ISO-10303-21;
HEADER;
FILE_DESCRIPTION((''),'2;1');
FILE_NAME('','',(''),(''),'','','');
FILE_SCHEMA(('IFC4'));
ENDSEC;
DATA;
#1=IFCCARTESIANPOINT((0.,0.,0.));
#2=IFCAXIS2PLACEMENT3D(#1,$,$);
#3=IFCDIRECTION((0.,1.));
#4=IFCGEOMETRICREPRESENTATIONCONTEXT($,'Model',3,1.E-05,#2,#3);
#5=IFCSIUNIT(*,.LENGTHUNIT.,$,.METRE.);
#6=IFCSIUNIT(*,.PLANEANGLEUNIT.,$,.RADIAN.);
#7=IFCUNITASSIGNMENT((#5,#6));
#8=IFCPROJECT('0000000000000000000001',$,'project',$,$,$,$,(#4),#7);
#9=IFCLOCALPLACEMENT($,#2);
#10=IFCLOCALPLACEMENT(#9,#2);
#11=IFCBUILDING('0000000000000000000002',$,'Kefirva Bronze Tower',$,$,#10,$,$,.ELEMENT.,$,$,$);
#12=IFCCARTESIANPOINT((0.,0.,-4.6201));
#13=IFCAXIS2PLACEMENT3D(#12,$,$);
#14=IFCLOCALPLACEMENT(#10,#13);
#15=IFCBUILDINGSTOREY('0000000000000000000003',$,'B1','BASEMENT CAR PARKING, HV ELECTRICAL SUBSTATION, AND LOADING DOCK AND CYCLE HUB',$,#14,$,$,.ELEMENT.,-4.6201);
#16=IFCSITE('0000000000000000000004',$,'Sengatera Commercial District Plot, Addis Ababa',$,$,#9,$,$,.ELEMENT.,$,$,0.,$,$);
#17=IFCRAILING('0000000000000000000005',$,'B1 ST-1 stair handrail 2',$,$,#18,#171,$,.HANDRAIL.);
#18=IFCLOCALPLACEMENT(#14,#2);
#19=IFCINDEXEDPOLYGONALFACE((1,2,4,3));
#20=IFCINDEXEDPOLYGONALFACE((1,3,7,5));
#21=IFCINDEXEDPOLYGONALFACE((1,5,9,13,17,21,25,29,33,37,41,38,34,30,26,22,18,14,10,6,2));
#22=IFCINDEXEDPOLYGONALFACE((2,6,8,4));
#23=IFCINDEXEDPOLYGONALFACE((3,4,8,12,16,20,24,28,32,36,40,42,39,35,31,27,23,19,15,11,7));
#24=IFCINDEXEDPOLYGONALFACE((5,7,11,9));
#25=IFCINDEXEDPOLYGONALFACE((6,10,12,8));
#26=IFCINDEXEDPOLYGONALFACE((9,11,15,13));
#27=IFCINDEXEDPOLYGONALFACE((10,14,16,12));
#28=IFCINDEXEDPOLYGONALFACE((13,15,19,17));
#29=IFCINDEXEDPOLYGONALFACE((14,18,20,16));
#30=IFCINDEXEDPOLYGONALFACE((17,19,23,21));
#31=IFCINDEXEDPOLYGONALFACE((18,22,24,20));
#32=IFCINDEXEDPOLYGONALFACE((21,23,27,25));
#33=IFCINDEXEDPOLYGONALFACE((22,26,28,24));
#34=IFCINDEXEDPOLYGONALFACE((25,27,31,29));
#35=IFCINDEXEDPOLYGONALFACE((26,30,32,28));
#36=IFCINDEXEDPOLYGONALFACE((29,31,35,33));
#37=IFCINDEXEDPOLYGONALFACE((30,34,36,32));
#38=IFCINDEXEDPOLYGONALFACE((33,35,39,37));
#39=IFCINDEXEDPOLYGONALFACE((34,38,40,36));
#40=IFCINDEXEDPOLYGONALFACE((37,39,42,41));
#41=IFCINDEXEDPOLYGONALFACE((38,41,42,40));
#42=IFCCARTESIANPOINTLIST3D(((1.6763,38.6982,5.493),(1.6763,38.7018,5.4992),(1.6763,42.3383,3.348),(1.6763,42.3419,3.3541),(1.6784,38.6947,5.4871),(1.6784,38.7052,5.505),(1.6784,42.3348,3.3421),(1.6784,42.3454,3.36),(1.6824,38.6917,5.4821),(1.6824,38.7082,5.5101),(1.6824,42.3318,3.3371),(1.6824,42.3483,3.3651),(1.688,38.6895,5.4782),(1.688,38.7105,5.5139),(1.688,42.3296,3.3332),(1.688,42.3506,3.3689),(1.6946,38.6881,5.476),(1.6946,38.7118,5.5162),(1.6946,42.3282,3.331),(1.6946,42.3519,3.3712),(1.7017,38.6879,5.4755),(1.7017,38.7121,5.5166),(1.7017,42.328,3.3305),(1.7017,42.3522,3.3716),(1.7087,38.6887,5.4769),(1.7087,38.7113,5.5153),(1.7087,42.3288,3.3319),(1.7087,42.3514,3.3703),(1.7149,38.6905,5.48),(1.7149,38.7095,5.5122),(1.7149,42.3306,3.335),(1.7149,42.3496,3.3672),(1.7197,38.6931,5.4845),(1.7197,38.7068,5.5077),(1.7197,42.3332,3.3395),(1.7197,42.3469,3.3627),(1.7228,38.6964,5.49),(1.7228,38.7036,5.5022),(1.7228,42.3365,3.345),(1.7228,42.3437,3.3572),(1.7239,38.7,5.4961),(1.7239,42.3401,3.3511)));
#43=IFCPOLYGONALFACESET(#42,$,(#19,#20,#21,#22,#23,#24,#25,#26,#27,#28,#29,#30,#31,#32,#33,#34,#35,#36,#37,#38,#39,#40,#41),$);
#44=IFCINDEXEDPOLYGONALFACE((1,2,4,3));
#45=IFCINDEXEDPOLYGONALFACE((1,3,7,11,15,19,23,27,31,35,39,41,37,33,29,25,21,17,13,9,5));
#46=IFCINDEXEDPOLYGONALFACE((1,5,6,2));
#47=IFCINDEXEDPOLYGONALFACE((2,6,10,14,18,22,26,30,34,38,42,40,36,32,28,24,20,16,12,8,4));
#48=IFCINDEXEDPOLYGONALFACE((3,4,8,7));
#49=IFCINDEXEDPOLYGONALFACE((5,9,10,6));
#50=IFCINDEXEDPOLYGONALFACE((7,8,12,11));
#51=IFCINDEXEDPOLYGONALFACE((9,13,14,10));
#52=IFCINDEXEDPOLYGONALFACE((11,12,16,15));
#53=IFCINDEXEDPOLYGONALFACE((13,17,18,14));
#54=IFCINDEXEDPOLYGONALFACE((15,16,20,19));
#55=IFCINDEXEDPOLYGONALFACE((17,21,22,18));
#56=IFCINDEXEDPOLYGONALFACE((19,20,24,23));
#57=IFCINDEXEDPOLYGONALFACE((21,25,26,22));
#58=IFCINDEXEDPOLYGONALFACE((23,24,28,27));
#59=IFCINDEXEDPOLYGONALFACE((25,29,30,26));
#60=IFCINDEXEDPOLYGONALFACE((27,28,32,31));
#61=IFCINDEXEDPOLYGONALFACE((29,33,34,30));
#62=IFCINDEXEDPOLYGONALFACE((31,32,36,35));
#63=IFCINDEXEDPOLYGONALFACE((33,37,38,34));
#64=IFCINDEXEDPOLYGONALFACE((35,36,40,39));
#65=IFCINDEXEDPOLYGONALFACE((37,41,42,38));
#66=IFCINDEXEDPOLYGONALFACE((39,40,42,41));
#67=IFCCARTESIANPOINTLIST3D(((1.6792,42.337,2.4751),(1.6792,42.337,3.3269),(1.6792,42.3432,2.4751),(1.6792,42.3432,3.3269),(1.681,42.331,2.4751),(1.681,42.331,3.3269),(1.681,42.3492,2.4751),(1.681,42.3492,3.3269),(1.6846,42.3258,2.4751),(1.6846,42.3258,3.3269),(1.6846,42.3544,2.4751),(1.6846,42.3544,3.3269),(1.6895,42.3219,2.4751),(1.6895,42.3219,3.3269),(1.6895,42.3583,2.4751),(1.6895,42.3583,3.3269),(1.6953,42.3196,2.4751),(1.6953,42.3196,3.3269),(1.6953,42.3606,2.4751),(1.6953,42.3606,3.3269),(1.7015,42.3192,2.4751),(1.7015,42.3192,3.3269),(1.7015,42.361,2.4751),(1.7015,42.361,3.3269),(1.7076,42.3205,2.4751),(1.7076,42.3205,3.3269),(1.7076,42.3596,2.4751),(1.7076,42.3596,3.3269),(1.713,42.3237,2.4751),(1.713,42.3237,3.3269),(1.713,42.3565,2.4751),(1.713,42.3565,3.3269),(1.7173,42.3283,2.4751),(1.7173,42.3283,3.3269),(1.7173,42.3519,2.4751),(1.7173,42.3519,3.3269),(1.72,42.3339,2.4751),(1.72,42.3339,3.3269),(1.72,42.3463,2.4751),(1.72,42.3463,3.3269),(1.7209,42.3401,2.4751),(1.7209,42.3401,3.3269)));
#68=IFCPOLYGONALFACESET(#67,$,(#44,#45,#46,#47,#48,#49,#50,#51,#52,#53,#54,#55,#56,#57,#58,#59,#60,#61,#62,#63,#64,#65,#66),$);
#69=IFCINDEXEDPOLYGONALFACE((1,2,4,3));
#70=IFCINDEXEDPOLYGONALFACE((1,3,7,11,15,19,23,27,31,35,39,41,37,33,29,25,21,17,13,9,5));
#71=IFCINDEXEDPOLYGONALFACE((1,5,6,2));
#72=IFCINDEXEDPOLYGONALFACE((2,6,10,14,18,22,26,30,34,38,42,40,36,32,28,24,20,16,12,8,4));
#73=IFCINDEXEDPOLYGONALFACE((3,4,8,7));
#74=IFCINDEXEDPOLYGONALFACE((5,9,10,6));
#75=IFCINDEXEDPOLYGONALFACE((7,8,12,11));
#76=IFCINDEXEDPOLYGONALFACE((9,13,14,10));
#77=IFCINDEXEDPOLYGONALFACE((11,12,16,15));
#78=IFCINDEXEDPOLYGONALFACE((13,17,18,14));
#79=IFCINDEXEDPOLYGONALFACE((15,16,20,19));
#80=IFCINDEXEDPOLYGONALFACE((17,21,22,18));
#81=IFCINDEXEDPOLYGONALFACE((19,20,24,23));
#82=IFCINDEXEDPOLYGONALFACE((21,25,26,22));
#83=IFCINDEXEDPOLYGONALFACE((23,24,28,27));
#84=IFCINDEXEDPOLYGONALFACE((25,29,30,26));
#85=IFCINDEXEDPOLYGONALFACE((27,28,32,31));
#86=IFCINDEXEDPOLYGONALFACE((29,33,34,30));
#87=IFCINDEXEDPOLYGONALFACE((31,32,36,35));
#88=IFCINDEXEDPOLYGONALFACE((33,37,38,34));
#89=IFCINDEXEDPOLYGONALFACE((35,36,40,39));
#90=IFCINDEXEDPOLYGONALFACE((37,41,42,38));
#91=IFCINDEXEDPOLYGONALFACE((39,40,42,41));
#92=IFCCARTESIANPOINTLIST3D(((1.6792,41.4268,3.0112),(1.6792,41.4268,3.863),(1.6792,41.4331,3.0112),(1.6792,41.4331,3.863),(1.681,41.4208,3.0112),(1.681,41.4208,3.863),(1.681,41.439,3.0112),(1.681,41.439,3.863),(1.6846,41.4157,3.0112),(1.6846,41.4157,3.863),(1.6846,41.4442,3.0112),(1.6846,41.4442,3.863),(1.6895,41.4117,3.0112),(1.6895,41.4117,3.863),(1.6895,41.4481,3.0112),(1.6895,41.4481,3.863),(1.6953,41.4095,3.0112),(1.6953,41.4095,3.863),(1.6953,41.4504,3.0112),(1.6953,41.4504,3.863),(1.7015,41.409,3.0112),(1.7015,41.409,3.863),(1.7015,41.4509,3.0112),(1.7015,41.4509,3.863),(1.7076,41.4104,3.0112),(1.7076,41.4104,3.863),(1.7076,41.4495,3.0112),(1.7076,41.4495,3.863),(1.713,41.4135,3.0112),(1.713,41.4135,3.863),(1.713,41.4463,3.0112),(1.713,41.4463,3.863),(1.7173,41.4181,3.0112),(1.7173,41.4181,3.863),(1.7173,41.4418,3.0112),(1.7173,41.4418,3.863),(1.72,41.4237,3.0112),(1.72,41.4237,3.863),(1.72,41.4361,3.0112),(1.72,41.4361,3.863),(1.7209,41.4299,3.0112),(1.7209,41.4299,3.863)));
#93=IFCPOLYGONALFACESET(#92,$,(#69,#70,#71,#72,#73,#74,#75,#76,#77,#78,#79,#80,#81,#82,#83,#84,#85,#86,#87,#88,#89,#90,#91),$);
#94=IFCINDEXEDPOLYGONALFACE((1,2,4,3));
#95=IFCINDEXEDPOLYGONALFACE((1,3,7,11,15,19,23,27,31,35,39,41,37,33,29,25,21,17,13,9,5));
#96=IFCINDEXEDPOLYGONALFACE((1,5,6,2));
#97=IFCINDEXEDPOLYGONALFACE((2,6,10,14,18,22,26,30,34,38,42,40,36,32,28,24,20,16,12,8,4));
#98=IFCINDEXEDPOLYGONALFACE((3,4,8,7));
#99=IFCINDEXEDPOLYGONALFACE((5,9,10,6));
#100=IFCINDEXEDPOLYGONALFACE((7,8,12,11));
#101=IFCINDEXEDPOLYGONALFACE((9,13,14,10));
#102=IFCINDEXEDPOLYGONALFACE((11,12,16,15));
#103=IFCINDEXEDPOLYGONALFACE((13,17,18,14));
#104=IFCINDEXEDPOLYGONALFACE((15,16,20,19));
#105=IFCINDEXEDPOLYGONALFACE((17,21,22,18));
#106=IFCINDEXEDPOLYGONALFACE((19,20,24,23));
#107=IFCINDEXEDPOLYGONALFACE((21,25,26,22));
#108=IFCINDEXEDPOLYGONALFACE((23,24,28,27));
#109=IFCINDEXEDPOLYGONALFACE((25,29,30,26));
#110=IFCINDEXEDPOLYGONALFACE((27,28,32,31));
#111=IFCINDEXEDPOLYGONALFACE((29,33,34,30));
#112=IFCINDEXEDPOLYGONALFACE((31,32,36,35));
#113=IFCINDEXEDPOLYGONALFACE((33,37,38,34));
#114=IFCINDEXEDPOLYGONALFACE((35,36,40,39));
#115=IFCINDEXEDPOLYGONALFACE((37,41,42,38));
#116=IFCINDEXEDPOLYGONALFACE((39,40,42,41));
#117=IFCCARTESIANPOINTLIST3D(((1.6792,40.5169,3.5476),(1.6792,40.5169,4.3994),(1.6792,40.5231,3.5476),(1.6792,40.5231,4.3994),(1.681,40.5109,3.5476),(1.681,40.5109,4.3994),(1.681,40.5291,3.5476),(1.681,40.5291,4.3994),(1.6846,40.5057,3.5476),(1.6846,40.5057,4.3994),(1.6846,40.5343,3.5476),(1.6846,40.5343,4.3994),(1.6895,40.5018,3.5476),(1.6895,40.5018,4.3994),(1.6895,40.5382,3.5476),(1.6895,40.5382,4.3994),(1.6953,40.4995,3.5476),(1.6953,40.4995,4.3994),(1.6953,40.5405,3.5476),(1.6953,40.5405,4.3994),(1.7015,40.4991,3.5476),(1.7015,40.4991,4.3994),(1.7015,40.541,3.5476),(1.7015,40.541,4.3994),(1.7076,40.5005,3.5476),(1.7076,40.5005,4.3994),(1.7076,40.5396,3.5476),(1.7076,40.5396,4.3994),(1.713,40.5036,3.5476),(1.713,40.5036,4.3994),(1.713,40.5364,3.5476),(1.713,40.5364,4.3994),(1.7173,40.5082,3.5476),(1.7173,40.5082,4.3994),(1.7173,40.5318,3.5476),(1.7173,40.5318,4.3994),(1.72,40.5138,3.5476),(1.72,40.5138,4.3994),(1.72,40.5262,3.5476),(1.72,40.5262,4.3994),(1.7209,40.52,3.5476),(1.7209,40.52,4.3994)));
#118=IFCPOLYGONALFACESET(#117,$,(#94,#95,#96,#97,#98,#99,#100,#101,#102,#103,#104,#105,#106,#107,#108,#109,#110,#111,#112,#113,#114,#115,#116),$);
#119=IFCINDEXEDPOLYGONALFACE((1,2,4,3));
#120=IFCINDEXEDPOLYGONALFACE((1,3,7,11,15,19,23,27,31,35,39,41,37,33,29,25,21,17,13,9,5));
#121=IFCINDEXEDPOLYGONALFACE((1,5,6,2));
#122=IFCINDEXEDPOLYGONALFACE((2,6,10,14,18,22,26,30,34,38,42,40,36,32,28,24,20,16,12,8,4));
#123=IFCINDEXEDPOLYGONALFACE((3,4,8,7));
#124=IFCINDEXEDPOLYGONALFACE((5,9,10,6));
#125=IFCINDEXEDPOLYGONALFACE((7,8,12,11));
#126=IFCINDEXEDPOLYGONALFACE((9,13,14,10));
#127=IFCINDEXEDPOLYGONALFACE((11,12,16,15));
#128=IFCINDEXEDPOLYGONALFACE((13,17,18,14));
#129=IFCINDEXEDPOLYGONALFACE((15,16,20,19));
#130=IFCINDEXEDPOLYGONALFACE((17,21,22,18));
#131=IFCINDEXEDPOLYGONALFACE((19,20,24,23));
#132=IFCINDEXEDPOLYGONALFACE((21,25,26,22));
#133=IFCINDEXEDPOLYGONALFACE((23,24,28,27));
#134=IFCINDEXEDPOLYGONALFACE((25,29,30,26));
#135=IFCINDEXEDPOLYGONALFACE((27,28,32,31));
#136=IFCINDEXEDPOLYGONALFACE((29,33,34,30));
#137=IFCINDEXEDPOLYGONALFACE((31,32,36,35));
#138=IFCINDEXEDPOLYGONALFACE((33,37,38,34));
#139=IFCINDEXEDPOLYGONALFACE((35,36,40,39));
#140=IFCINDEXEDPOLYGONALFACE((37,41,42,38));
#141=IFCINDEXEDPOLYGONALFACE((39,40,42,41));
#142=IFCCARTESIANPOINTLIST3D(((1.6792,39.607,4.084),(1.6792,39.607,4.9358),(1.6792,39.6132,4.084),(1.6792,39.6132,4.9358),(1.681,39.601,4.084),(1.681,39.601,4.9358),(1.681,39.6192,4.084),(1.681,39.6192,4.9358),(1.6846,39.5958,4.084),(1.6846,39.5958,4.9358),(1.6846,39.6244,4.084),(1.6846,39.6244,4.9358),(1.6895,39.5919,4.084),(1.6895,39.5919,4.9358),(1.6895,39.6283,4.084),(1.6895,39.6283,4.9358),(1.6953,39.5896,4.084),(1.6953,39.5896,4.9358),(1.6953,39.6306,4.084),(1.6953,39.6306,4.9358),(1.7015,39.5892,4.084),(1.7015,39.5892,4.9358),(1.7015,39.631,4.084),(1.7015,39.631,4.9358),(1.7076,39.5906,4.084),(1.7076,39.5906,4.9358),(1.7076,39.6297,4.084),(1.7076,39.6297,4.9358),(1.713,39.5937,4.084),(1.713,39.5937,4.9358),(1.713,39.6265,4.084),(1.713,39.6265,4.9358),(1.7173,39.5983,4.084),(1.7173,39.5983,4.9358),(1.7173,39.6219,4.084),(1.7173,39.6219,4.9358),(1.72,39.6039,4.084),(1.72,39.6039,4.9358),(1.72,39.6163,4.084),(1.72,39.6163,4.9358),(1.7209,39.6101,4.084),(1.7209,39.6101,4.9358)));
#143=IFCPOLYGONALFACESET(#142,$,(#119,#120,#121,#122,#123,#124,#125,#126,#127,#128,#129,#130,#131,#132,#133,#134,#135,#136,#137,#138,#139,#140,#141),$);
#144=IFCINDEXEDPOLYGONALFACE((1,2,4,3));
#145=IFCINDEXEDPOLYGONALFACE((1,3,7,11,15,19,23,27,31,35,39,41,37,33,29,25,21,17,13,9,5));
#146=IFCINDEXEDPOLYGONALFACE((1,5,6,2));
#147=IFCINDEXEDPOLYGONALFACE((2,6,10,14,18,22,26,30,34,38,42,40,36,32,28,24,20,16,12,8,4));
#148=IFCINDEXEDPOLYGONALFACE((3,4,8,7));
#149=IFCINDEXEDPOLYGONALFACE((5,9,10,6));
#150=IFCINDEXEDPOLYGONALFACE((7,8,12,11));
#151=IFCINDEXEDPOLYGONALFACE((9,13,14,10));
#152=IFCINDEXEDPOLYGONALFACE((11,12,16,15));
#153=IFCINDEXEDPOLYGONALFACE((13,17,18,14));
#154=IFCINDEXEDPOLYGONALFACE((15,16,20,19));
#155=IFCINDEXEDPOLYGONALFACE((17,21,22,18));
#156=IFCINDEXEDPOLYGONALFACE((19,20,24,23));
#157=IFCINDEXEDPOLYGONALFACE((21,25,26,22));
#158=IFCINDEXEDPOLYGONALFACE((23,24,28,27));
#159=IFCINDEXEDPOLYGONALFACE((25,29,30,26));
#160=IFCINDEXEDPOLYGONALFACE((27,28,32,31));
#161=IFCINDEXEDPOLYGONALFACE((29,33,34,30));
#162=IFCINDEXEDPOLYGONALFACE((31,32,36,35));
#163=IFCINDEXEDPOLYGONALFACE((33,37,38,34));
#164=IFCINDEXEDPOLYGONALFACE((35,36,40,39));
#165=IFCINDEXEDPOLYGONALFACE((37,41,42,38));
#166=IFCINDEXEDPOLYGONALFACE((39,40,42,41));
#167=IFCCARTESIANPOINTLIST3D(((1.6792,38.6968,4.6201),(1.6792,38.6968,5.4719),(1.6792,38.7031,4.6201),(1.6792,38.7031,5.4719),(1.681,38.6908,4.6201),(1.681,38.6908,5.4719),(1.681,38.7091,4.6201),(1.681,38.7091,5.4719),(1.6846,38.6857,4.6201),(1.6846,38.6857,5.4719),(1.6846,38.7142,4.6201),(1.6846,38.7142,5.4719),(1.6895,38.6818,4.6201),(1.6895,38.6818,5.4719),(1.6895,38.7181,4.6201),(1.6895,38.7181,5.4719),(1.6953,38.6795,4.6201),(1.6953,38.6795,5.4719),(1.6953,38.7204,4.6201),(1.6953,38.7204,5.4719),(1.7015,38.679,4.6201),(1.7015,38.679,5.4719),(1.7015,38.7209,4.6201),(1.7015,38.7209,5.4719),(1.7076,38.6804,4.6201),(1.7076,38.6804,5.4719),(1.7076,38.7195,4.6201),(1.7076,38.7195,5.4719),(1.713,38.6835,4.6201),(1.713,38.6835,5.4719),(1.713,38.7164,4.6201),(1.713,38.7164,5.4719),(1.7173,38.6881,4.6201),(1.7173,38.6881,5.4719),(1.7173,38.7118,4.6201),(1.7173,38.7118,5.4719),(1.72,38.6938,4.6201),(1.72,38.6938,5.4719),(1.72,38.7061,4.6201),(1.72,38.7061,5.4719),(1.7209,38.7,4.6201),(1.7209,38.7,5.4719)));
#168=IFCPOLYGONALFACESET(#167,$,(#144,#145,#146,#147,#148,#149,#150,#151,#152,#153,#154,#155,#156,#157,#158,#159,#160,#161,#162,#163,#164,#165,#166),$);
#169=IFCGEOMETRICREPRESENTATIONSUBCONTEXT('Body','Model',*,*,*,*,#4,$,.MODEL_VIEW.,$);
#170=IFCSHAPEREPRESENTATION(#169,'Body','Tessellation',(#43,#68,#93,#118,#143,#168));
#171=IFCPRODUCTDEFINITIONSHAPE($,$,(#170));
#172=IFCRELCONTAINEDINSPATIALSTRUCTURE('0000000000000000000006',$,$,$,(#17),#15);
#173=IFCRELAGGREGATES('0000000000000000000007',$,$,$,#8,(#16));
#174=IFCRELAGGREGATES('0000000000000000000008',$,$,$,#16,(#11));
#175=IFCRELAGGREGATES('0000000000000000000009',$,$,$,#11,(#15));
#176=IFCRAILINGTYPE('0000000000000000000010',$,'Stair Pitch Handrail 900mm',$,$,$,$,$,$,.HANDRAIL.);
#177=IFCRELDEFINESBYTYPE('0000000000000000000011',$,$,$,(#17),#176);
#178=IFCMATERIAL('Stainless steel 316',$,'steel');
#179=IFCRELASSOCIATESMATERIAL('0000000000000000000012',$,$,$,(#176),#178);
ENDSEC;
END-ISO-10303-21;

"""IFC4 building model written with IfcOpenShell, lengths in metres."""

from ifc_helpers import new_model, si_unit, direction, frame, origin, origin_2d, place, context, subcontext, project, spatial, circle, extrude, material, type_object, element, save


model = new_model("IFC4")

# Units and contexts
model_context = context("Model", 3, precision=1e-05, world=origin(), true_north=direction((0.0, 1.0)))
body_context = subcontext(model_context, "Body", "Model", "MODEL_VIEW")
ifc_project = project(units=[si_unit("LENGTHUNIT", "METRE"), si_unit("PLANEANGLEUNIT", "RADIAN")], contexts=[model_context])

# Site, building, storey
site_placement = place(None, origin())
site = spatial("IfcSite", under=ifc_project, at=site_placement, Name="Sengatera Commercial District Plot, Addis Ababa", CompositionType="ELEMENT", RefElevation=0.0)
building_placement = place(site_placement, origin())
building = spatial("IfcBuilding", under=site, at=building_placement, Name="Kefirva Bronze Tower", CompositionType="ELEMENT")
storey_placement = place(building_placement, frame((0.0, 0.0, -4.6201)))
storey = spatial("IfcBuildingStorey", under=building, at=storey_placement, Name="B1", Description="BASEMENT CAR PARKING, HV ELECTRICAL SUBSTATION, AND LOADING DOCK AND CYCLE HUB", CompositionType="ELEMENT", Elevation=-4.6201)

# Railing
ifc_material_1 = material(Name="Stainless steel 316", Category="steel")
railing_type_1 = type_object("IfcRailingType", Name="Stair Pitch Handrail 900mm", PredefinedType="HANDRAIL", material=ifc_material_1)
railing_1_placement = place(storey_placement, frame((1.7, 42.3401, 2.4751)))
element("IfcRailing", 1, at=railing_1_placement, inside=storey, type_object=railing_type_1, Name="B1 ST-1 stair handrail 2", PredefinedType="HANDRAIL", context=body_context, shape_type="SweptSolid", body=[
    extrude(circle(Radius=0.0239, at=origin_2d()), frame((0.0, 0.0, 0.876), z_axis=(0.0, -0.861545, 0.507682), x_axis=(1.0, 0.0, 0.0)), (0.0, 0.0, 1.0), 4.2251),
    extrude(circle(Radius=0.021, at=origin_2d()), origin(), (0.0, 0.0, 1.0), 0.8518),
    extrude(circle(Radius=0.021, at=origin_2d()), frame((0.0, -0.9102, 0.5361)), (0.0, 0.0, 1.0), 0.8518),
    extrude(circle(Radius=0.021, at=origin_2d()), frame((0.0, -1.8201, 1.0725)), (0.0, 0.0, 1.0), 0.8518),
    extrude(circle(Radius=0.021, at=origin_2d()), frame((0.0, -2.73, 1.6089)), (0.0, 0.0, 1.0), 0.8518),
    extrude(circle(Radius=0.021, at=origin_2d()), frame((0.0, -3.6401, 2.145)), (0.0, 0.0, 1.0), 0.8518),
])

save(model, "model.ifc")
